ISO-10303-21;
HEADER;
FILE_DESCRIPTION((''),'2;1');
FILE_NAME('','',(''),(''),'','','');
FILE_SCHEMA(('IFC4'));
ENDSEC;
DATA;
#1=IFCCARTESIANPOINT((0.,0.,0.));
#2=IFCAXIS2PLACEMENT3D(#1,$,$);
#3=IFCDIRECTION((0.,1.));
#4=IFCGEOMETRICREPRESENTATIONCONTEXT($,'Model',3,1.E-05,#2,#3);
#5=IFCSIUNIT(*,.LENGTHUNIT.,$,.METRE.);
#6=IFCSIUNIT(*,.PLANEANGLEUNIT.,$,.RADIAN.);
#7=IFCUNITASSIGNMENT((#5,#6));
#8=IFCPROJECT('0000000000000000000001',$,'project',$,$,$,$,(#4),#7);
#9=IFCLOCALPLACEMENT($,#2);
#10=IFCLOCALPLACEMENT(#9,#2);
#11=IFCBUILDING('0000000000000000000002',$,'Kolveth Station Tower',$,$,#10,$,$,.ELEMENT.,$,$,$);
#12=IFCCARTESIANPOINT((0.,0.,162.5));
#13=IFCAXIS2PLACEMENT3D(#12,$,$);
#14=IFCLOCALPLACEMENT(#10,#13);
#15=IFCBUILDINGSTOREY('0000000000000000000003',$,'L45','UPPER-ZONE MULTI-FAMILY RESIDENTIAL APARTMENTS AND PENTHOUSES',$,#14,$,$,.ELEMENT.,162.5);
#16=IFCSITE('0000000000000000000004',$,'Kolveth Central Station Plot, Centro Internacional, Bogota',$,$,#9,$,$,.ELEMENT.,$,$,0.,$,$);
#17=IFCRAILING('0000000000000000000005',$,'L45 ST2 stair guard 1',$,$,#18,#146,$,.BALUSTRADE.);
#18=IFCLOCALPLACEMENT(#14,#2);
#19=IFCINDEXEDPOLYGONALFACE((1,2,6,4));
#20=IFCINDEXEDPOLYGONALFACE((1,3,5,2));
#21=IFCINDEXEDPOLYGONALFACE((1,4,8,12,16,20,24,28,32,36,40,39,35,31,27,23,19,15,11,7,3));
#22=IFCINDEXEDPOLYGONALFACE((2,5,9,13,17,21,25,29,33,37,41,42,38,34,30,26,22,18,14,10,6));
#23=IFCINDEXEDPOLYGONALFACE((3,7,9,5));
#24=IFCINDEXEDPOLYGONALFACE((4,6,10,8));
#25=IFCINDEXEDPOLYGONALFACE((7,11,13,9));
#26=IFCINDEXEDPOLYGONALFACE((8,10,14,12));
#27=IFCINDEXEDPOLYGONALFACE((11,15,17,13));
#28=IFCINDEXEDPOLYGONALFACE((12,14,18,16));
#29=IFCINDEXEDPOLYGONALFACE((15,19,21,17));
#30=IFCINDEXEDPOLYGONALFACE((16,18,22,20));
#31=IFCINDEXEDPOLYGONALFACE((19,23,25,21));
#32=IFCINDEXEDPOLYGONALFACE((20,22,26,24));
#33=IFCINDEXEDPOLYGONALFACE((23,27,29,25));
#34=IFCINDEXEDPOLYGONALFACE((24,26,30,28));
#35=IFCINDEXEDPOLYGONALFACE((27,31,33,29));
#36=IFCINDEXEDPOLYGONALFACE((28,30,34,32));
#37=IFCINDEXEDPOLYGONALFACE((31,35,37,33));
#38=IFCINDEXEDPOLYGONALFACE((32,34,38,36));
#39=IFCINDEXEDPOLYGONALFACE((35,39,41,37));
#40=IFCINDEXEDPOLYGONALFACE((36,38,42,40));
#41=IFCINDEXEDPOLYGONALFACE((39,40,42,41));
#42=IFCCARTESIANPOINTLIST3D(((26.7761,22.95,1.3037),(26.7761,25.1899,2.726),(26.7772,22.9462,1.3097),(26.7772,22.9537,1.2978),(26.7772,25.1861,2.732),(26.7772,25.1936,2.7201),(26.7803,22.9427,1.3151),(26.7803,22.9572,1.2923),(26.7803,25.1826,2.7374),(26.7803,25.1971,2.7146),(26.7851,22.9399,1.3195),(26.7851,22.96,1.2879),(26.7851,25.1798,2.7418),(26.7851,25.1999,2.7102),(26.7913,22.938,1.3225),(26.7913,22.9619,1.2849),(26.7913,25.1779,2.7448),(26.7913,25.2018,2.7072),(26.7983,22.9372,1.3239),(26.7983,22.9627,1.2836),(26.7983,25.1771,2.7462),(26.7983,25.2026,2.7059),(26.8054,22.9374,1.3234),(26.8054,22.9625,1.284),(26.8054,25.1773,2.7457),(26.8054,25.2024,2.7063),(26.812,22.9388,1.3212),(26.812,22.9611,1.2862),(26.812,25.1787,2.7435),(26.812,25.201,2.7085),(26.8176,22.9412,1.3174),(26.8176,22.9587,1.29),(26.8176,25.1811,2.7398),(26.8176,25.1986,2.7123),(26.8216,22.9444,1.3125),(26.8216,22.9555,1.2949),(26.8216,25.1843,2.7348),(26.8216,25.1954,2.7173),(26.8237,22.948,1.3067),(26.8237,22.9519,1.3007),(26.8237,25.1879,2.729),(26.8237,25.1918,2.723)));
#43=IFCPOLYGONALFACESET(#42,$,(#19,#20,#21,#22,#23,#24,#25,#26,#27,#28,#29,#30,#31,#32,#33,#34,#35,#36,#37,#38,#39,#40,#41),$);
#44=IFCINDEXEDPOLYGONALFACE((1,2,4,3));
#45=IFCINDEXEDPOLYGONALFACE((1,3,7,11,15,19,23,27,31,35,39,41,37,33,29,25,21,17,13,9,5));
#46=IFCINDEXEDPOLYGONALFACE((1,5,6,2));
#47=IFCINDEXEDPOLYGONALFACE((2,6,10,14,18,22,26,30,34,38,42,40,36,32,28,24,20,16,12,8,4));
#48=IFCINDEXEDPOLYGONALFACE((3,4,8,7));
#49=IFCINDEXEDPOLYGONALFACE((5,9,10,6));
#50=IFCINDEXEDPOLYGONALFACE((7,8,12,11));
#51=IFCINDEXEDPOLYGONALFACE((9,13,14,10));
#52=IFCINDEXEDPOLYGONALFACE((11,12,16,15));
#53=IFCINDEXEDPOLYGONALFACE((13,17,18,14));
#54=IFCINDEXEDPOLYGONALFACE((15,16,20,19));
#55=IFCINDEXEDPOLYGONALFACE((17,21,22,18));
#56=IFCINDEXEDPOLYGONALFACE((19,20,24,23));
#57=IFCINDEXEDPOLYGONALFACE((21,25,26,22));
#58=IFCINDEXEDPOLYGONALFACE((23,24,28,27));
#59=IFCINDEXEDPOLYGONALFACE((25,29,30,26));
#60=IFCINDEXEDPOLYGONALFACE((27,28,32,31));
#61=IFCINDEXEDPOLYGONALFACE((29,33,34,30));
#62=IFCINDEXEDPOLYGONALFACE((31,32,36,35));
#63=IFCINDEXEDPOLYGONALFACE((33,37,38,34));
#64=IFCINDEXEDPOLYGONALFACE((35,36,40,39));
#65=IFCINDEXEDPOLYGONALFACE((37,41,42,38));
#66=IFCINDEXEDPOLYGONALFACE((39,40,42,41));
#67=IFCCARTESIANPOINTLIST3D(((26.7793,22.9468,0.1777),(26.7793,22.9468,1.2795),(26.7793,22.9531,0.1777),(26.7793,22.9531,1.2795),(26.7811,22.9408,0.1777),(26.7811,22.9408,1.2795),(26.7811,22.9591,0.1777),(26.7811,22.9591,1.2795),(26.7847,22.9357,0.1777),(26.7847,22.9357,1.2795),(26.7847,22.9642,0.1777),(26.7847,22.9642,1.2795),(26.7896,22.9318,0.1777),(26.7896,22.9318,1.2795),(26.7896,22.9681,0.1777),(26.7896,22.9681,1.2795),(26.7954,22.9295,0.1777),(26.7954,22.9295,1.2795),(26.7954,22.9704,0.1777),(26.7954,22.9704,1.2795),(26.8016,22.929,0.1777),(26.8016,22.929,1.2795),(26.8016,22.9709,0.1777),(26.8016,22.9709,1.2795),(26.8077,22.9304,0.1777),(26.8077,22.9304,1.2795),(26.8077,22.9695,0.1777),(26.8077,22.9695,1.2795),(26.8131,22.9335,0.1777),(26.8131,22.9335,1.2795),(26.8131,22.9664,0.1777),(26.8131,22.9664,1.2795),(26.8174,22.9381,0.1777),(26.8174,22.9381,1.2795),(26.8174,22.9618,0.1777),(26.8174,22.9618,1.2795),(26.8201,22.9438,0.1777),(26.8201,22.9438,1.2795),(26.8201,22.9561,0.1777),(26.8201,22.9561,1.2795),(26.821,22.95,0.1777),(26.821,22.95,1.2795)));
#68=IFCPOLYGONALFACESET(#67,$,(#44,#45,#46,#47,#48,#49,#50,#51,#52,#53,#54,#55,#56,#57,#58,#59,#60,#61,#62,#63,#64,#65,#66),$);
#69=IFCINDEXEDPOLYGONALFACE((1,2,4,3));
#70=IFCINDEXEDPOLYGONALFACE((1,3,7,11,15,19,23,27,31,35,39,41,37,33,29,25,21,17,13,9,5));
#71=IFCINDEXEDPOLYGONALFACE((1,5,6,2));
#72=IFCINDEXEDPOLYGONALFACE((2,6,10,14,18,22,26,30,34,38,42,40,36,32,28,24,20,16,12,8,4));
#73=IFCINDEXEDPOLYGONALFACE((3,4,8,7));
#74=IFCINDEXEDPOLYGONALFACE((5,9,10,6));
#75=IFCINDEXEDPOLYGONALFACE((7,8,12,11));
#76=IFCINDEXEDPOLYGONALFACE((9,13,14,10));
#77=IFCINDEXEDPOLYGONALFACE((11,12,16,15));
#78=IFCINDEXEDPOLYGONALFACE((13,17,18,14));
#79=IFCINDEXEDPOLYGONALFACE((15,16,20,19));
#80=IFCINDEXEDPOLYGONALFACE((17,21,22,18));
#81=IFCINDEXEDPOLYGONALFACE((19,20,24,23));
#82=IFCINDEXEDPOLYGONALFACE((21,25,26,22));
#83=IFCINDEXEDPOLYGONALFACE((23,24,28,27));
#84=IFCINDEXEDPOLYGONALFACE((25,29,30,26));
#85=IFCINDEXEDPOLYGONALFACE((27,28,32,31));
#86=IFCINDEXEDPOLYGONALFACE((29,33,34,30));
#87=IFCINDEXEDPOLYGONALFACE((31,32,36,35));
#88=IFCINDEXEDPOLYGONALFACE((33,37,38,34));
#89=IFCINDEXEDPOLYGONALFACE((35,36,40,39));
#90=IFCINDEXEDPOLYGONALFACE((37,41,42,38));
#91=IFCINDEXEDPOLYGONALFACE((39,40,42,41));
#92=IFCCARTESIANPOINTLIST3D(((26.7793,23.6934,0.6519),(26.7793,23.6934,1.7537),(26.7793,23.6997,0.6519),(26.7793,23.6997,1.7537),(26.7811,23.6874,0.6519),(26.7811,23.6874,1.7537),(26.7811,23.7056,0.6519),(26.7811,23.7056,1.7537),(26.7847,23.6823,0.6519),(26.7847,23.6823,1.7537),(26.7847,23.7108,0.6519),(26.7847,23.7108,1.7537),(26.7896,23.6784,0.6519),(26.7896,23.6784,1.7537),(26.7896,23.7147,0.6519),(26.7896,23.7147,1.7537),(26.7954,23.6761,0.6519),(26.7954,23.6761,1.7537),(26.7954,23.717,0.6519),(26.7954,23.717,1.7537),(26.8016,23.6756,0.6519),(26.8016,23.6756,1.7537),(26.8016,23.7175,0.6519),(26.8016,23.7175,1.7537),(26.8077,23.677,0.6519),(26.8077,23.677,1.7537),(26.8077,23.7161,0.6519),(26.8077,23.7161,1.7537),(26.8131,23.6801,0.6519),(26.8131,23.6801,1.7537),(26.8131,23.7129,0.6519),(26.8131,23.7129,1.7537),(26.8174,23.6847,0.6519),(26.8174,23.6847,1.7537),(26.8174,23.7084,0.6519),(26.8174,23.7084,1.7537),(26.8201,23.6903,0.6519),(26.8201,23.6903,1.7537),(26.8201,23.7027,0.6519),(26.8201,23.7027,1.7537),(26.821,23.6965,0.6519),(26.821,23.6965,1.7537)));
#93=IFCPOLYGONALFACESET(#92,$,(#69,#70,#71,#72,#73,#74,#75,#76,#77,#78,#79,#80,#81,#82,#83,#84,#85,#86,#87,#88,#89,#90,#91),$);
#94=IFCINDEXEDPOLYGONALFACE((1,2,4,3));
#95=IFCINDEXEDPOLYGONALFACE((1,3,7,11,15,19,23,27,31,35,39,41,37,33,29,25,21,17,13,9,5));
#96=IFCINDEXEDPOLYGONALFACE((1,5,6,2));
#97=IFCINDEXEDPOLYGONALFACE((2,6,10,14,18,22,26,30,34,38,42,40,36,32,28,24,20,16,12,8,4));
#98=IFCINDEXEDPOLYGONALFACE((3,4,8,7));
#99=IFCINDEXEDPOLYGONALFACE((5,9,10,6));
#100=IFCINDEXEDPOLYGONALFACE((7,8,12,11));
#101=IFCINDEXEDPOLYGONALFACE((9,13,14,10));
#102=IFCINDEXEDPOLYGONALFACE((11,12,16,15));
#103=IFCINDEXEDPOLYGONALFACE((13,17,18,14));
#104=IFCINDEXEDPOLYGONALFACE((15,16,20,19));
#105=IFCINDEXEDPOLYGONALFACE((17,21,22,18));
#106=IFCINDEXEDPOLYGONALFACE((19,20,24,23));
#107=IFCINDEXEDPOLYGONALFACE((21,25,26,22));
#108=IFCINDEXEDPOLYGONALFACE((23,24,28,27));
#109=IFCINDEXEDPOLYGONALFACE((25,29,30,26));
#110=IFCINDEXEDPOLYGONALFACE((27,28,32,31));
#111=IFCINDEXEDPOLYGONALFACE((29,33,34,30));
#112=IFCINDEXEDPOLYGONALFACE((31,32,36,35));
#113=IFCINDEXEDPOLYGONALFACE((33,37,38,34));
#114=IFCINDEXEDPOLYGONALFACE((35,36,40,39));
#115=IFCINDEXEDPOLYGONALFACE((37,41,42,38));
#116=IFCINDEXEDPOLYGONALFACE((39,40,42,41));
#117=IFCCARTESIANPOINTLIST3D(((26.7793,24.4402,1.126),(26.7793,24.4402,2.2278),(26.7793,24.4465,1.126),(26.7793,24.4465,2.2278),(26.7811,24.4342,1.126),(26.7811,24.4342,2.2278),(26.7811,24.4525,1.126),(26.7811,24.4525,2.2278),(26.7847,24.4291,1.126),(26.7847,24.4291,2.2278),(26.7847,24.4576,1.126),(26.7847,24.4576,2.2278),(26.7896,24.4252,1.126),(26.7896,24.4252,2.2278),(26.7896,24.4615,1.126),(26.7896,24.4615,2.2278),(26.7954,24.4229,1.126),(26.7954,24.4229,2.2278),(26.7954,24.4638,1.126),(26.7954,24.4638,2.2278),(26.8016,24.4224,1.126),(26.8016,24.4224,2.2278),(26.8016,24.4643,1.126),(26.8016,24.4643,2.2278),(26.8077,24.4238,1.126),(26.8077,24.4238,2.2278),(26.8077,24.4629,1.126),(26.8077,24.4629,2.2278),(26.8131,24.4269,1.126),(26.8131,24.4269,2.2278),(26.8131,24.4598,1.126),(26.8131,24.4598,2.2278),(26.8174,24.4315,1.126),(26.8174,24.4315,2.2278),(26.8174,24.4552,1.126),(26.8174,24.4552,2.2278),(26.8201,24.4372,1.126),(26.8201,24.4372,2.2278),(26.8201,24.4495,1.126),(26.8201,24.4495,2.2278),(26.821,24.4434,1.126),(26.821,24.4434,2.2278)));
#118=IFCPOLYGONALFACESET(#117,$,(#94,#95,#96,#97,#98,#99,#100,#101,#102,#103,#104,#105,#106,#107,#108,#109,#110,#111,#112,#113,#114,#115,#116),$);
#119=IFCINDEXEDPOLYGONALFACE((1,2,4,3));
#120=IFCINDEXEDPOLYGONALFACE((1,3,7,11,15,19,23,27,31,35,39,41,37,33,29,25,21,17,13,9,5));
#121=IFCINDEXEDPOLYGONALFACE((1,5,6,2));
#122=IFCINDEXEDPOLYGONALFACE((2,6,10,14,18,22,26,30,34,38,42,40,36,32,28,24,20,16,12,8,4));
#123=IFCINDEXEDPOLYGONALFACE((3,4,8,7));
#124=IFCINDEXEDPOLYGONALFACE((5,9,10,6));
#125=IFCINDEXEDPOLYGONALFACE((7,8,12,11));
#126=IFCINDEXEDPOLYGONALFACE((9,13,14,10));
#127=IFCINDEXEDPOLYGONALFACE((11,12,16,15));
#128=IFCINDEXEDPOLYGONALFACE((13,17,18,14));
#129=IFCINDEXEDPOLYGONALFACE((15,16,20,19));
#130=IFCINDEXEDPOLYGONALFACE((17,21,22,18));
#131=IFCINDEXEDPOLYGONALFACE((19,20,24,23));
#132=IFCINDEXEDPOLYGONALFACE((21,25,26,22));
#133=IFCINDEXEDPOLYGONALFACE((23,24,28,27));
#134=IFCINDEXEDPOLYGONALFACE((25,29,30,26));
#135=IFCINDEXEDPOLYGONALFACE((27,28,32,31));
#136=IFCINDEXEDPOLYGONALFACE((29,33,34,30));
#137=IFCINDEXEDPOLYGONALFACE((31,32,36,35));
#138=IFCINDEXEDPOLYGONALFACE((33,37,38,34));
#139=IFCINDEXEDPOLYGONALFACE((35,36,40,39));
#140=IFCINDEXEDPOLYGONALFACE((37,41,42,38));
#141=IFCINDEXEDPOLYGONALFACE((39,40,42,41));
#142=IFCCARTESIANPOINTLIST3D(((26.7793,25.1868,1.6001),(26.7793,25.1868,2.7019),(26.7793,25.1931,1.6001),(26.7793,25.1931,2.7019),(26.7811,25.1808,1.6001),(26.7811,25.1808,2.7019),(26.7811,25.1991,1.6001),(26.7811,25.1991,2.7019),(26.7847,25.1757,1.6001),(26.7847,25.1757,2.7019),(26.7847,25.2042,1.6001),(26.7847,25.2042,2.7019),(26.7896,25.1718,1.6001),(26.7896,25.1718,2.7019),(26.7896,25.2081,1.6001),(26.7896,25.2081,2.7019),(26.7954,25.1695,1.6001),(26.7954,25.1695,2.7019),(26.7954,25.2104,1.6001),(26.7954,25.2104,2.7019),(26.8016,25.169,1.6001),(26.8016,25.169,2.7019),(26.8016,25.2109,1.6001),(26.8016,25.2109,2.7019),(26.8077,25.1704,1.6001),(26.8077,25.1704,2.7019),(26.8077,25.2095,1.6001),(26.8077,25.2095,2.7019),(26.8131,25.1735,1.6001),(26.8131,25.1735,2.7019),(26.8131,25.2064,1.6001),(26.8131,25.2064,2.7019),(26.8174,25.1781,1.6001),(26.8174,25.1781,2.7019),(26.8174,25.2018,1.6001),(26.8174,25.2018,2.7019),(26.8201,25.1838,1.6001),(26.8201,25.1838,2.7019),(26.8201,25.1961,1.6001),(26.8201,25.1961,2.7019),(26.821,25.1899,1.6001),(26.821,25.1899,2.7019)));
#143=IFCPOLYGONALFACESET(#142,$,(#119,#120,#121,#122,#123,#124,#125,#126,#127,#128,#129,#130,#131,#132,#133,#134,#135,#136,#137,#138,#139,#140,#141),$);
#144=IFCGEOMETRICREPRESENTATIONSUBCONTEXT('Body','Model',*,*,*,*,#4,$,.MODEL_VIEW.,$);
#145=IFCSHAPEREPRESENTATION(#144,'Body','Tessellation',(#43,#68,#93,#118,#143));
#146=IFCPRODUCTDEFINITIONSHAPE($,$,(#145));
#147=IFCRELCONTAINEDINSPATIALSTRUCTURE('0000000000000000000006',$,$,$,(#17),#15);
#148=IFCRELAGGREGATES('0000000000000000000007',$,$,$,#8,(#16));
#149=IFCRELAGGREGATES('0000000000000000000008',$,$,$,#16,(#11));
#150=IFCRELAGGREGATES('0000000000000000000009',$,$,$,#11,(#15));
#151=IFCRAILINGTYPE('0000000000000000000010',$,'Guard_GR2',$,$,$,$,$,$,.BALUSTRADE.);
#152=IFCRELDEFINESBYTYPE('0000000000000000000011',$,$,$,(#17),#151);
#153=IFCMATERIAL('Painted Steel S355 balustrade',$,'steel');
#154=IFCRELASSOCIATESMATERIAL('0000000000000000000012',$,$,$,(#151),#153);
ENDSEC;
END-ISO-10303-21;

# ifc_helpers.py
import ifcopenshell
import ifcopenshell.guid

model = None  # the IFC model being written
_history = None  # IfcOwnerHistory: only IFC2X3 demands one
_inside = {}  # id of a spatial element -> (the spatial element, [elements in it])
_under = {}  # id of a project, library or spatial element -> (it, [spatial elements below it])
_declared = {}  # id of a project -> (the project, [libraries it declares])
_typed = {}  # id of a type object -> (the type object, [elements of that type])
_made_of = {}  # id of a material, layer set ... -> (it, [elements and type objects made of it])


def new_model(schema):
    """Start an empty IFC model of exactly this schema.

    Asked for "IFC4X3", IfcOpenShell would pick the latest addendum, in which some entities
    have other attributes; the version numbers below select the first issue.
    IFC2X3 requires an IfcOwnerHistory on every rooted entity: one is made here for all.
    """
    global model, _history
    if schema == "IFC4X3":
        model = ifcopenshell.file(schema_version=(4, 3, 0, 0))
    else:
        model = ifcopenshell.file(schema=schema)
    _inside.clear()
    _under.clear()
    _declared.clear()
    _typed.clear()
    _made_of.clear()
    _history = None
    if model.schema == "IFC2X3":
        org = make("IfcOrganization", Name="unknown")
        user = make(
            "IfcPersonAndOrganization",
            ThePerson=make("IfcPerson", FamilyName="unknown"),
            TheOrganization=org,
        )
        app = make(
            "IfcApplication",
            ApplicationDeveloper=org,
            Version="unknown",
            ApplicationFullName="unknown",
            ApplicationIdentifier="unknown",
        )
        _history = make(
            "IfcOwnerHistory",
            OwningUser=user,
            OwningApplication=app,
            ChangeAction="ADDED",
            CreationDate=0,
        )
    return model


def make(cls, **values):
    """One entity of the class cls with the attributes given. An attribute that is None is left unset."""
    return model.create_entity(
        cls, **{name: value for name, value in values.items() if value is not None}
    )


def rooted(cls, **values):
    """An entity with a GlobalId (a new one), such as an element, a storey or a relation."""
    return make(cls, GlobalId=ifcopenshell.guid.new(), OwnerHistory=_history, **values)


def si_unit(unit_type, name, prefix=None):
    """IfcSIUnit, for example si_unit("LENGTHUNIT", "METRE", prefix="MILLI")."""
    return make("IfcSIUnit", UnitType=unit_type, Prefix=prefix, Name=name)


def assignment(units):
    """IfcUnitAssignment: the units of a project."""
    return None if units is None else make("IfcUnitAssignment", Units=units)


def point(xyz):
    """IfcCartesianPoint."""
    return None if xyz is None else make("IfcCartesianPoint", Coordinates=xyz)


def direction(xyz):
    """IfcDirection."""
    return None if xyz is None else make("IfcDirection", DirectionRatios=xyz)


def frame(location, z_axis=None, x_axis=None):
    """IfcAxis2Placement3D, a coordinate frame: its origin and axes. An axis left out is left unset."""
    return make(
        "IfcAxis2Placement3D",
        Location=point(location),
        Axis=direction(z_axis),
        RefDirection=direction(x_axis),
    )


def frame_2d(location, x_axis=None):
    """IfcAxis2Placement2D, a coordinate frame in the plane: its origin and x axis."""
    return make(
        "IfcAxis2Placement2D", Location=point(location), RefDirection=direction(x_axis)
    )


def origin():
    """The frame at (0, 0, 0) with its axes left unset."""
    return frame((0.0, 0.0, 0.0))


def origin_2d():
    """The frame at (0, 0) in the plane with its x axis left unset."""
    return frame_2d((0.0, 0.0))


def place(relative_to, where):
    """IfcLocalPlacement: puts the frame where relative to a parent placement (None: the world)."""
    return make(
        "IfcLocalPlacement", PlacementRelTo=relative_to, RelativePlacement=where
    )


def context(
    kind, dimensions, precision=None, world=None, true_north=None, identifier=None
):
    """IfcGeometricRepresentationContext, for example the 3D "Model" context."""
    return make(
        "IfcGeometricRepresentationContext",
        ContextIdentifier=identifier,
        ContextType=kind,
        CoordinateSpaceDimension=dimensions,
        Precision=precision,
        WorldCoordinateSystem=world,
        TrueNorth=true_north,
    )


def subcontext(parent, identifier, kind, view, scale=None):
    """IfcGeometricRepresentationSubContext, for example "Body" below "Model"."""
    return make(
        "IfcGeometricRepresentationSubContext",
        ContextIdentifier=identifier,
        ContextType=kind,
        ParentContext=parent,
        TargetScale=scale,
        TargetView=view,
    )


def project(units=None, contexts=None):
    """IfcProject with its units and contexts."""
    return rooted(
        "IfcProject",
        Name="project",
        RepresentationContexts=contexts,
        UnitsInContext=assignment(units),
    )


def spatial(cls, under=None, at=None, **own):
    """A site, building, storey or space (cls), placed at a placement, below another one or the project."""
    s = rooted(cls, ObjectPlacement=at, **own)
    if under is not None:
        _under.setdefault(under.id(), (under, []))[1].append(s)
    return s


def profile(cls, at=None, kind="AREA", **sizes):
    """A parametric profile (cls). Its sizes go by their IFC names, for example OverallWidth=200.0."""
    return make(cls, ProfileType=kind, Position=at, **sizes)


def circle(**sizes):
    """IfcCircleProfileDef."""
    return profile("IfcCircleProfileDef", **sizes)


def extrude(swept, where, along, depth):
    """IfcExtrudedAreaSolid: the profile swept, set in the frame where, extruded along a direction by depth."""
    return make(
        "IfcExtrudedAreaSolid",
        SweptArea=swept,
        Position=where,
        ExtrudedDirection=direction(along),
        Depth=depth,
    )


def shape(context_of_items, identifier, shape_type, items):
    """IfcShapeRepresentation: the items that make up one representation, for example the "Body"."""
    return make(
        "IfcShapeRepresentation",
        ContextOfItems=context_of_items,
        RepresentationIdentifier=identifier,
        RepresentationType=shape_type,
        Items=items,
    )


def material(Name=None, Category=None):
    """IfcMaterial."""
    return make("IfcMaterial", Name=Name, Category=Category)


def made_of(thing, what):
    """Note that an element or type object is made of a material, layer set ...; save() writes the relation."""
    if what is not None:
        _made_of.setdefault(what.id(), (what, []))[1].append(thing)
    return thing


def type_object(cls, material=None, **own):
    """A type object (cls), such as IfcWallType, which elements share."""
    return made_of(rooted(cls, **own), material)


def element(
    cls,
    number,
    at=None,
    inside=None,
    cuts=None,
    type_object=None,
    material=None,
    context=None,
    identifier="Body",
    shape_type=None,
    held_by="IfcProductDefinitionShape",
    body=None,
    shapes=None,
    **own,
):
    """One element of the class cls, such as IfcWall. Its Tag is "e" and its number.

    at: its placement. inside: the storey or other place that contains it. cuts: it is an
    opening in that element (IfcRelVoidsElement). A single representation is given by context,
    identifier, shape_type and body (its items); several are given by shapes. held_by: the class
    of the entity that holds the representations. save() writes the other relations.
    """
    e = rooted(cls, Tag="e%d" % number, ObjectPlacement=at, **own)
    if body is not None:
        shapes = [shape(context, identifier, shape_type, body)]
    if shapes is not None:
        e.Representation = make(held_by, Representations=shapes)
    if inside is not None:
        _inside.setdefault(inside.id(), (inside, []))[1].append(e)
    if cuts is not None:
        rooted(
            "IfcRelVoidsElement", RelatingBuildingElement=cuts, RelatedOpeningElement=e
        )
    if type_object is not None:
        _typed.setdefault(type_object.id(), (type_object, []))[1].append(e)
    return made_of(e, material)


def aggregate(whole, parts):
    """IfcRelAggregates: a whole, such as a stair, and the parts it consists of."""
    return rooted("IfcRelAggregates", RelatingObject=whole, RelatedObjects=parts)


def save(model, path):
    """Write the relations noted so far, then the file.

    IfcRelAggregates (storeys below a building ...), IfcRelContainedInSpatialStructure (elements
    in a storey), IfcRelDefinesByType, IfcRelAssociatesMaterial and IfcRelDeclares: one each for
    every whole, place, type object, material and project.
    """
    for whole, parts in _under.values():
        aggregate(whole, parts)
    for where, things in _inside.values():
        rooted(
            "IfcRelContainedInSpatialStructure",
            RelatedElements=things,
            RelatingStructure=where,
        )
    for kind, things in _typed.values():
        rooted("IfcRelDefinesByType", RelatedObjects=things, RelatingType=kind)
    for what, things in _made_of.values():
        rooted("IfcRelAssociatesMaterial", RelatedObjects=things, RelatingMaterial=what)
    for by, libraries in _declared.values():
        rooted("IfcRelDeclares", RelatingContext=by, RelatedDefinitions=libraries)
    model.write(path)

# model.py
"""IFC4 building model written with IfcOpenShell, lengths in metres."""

from ifc_helpers import new_model, si_unit, direction, frame, origin, origin_2d, place, context, subcontext, project, spatial, circle, extrude, material, type_object, element, save


model = new_model("IFC4")

# Units and contexts
model_context = context("Model", 3, precision=1e-05, world=origin(), true_north=direction((0.0, 1.0)))
body_context = subcontext(model_context, "Body", "Model", "MODEL_VIEW")
ifc_project = project(units=[si_unit("LENGTHUNIT", "METRE"), si_unit("PLANEANGLEUNIT", "RADIAN")], contexts=[model_context])

# Site, building, storey
site_placement = place(None, origin())
site = spatial("IfcSite", under=ifc_project, at=site_placement, Name="Kolveth Central Station Plot, Centro Internacional, Bogota", CompositionType="ELEMENT", RefElevation=0.0)
building_placement = place(site_placement, origin())
building = spatial("IfcBuilding", under=site, at=building_placement, Name="Kolveth Station Tower", CompositionType="ELEMENT")
storey_placement = place(building_placement, frame((0.0, 0.0, 162.5)))
storey = spatial("IfcBuildingStorey", under=building, at=storey_placement, Name="L45", Description="UPPER-ZONE MULTI-FAMILY RESIDENTIAL APARTMENTS AND PENTHOUSES", CompositionType="ELEMENT", Elevation=162.5)

# Railing
ifc_material_1 = material(Name="Painted Steel S355 balustrade", Category="steel")
railing_type_1 = type_object("IfcRailingType", Name="Guard_GR2", PredefinedType="BALUSTRADE", material=ifc_material_1)
for number, where, name in (
    (1, (26.8, 22.95, 0.1777), "L45 ST2 stair guard 1"),
):
    element("IfcRailing", number, at=place(storey_placement, frame(where)), inside=storey, type_object=railing_type_1, Name=name, PredefinedType="BALUSTRADE", context=body_context, shape_type="SweptSolid", body=[
        extrude(circle(Radius=0.0239, at=origin_2d()), frame((0.0, 0.0, 1.126), z_axis=(0.0, 0.844188, 0.536048), x_axis=(-1.0, 0.0, 0.0)), (0.0, 0.0, 1.0), 2.6533),
        extrude(circle(Radius=0.021, at=origin_2d()), origin(), (0.0, 0.0, 1.0), 1.1018),
        extrude(circle(Radius=0.021, at=origin_2d()), frame((0.0, 0.7466, 0.4741)), (0.0, 0.0, 1.0), 1.1018),
        extrude(circle(Radius=0.021, at=origin_2d()), frame((0.0, 1.4934, 0.9482)), (0.0, 0.0, 1.0), 1.1018),
        extrude(circle(Radius=0.021, at=origin_2d()), frame((0.0, 2.24, 1.4224)), (0.0, 0.0, 1.0), 1.1018),
    ])

save(model, "model.ifc")
